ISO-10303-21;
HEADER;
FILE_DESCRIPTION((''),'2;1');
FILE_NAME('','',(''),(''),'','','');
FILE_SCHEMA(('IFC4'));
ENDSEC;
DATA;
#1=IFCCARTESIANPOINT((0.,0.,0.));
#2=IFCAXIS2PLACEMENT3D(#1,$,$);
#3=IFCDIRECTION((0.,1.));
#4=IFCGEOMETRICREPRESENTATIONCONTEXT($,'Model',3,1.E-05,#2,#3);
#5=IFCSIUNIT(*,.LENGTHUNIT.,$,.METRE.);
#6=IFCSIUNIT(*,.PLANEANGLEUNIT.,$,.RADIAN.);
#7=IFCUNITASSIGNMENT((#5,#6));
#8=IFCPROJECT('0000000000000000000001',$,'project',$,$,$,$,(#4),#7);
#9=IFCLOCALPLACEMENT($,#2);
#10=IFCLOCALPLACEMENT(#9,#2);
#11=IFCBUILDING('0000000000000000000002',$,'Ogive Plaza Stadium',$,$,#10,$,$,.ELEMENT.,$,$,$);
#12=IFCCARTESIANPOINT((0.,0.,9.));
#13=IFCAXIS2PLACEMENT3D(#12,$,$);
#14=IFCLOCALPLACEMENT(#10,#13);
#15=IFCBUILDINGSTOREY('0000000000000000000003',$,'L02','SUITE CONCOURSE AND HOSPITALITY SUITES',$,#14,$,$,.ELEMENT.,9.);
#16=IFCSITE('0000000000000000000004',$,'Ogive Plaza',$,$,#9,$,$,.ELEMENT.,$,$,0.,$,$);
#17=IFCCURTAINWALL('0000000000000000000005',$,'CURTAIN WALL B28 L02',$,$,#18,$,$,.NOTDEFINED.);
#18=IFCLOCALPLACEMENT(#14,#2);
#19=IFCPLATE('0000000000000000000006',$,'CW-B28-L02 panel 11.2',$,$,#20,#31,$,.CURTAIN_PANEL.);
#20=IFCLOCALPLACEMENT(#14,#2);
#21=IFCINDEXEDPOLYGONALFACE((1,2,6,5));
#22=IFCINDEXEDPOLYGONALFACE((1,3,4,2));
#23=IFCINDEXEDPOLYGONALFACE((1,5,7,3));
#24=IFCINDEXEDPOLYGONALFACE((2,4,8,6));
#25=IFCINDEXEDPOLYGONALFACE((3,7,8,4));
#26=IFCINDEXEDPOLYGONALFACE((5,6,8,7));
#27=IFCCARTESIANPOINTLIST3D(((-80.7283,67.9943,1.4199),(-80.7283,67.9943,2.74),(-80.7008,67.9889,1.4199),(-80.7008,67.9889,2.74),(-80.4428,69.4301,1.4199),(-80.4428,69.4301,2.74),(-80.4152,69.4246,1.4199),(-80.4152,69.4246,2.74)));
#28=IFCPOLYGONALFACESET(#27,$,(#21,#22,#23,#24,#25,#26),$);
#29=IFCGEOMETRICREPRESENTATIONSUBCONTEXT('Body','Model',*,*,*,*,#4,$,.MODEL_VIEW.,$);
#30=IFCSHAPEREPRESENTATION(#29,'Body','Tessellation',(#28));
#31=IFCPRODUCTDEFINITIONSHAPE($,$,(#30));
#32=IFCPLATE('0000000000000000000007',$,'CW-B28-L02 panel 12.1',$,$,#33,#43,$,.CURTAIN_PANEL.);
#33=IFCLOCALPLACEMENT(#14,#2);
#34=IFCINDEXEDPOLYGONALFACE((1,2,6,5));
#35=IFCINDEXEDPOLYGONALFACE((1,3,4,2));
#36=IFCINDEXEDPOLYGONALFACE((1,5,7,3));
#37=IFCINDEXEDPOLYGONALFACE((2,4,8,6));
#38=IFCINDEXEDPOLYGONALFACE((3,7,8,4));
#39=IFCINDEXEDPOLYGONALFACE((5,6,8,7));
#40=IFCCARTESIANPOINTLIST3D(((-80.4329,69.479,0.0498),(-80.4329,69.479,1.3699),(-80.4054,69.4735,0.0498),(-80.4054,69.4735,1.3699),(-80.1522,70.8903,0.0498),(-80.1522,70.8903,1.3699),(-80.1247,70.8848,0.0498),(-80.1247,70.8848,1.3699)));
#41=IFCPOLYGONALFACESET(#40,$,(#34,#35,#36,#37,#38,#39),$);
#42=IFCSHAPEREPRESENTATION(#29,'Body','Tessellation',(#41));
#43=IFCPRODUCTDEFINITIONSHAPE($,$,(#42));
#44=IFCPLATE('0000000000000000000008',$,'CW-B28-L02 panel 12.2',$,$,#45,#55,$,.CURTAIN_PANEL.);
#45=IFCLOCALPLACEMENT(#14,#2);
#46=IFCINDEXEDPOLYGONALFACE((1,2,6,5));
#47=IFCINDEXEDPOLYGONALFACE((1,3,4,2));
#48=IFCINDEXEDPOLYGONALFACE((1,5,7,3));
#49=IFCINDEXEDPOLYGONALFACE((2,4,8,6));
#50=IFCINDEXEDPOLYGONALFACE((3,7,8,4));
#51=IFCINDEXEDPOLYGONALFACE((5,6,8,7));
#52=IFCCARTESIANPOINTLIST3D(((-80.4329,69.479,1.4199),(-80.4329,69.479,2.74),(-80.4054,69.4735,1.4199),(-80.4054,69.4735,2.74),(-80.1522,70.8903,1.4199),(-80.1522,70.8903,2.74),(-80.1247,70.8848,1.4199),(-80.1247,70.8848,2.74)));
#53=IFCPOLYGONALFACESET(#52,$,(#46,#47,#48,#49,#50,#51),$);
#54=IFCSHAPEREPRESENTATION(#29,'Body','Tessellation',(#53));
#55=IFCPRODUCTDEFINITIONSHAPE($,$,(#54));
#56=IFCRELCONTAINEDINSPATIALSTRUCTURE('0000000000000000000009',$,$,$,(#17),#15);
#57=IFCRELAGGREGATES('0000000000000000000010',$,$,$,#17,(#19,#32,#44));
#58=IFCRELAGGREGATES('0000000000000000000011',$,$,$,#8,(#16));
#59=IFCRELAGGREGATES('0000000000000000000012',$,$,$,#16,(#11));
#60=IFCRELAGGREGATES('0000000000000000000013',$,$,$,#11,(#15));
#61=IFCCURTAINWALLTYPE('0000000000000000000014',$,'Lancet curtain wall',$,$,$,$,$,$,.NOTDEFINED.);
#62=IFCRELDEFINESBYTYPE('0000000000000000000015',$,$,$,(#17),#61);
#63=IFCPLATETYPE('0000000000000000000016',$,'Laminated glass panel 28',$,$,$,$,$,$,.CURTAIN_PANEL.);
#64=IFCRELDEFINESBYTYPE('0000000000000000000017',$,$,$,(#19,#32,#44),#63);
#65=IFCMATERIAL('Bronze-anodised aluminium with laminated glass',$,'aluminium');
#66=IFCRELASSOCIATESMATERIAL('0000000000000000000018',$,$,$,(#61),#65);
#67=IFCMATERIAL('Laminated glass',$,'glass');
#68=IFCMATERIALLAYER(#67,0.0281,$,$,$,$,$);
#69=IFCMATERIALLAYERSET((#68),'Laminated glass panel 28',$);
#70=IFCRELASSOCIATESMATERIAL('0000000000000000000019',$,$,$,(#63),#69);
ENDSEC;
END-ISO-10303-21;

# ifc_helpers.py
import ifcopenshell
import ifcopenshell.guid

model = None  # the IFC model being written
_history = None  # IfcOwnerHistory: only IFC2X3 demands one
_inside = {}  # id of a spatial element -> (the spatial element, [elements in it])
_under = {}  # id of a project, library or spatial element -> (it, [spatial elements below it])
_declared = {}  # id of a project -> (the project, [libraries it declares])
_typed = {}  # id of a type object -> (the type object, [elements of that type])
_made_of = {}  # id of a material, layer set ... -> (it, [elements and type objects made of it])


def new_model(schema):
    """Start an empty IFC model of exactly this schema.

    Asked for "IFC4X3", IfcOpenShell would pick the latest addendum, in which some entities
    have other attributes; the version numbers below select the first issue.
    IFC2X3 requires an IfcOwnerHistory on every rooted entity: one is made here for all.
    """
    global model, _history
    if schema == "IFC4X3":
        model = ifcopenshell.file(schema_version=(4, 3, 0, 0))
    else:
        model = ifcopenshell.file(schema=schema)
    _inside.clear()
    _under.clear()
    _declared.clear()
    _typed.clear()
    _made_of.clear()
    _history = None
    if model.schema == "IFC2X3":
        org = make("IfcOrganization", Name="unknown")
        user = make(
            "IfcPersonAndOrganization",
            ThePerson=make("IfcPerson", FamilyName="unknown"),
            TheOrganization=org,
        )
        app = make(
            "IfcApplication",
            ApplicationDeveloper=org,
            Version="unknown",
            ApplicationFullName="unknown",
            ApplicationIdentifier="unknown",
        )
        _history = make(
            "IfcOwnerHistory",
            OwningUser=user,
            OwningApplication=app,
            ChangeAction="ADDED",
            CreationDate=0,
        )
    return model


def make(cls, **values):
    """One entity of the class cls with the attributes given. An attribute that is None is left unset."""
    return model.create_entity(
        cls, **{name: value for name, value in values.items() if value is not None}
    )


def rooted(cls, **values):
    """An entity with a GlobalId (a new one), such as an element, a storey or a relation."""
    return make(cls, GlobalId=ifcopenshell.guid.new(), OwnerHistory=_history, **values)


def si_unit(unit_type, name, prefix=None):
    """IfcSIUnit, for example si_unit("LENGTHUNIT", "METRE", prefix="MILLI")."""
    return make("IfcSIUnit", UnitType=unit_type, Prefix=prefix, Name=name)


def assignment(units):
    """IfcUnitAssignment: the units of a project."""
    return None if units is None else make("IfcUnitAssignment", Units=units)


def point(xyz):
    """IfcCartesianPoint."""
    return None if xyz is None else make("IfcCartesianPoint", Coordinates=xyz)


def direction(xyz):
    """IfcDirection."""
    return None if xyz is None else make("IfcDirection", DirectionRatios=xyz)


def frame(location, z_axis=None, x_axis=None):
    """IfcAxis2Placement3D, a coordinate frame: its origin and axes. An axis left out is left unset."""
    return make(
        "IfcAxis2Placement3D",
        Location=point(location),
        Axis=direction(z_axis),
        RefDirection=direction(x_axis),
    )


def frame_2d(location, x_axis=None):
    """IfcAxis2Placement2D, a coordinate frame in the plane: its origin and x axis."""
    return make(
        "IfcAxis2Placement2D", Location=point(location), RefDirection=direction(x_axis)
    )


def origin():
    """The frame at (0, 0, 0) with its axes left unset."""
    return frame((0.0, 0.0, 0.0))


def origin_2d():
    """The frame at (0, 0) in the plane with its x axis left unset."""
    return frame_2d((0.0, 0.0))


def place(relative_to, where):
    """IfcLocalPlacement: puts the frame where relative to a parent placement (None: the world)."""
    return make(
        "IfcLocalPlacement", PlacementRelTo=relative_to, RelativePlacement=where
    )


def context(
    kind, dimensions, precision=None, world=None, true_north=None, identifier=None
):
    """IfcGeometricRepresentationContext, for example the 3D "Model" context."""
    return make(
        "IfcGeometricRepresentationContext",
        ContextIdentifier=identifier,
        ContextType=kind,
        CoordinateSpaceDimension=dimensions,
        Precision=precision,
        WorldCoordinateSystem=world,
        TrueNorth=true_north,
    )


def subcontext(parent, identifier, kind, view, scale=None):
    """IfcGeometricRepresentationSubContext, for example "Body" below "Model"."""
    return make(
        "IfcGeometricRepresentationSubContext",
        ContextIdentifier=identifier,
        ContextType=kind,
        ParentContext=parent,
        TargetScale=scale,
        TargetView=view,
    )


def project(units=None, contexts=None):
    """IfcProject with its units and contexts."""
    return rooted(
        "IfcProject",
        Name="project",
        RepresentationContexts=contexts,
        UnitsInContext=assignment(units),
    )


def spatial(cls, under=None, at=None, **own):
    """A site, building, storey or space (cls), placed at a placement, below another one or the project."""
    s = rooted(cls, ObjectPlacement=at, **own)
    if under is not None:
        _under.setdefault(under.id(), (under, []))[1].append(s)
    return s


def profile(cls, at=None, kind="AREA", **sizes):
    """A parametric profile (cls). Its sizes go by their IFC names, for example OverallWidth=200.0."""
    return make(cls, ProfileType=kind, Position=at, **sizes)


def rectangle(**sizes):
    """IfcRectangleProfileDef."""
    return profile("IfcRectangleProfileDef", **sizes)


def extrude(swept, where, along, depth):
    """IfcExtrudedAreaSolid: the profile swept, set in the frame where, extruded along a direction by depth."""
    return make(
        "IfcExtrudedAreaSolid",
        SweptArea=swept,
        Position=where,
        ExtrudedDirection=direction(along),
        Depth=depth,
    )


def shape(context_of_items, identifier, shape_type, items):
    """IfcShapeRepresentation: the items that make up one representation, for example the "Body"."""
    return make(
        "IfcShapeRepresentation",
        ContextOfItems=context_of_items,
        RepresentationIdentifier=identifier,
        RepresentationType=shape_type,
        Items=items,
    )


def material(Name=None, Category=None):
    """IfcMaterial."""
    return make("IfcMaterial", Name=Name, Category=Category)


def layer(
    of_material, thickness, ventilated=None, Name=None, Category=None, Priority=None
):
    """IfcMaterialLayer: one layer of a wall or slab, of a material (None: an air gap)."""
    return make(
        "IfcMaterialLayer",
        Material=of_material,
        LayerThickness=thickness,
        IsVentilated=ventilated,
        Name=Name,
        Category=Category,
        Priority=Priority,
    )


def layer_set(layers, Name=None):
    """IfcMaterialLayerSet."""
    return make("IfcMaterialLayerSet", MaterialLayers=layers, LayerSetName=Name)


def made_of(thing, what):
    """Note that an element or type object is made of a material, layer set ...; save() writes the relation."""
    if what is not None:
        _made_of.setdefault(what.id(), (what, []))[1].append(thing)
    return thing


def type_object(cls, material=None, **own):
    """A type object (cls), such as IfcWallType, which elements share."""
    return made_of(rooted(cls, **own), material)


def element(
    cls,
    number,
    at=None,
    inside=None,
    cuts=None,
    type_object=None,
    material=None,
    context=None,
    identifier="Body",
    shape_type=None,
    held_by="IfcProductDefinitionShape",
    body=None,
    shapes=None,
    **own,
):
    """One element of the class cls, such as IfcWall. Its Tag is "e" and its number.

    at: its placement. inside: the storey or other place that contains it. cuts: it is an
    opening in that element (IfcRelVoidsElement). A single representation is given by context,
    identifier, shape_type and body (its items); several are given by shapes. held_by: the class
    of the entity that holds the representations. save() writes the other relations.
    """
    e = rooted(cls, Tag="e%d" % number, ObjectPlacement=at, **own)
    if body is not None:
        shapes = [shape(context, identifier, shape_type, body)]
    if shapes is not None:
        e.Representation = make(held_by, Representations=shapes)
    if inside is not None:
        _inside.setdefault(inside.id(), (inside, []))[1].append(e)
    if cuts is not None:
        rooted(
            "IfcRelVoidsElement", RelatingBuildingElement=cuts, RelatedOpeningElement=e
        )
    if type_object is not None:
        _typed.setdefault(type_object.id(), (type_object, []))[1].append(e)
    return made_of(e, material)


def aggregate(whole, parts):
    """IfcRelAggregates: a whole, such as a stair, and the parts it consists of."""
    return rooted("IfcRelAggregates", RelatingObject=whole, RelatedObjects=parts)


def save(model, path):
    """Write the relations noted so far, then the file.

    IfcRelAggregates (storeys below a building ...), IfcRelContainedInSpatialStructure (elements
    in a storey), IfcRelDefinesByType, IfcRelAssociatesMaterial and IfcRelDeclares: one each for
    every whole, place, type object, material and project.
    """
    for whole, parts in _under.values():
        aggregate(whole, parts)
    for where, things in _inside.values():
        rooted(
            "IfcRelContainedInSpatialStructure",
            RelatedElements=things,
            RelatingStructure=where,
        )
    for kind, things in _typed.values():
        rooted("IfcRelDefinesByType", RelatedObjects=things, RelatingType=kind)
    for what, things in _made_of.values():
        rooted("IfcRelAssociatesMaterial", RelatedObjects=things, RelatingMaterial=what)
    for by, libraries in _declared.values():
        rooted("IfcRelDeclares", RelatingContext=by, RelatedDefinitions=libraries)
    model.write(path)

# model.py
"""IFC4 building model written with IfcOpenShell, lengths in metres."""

from ifc_helpers import new_model, si_unit, direction, frame, origin, origin_2d, place, context, subcontext, project, spatial, rectangle, extrude, material, layer, layer_set, type_object, element, aggregate, save


model = new_model("IFC4")

# Units and contexts
model_context = context("Model", 3, precision=1e-05, world=origin(), true_north=direction((0.0, 1.0)))
body_context = subcontext(model_context, "Body", "Model", "MODEL_VIEW")
ifc_project = project(units=[si_unit("LENGTHUNIT", "METRE"), si_unit("PLANEANGLEUNIT", "RADIAN")], contexts=[model_context])

# Site, building, storey
site_placement = place(None, origin())
site = spatial("IfcSite", under=ifc_project, at=site_placement, Name="Ogive Plaza", CompositionType="ELEMENT", RefElevation=0.0)
building_placement = place(site_placement, origin())
building = spatial("IfcBuilding", under=site, at=building_placement, Name="Ogive Plaza Stadium", CompositionType="ELEMENT")
storey_placement = place(building_placement, frame((0.0, 0.0, 9.0)))
storey = spatial("IfcBuildingStorey", under=building, at=storey_placement, Name="L02", Description="SUITE CONCOURSE AND HOSPITALITY SUITES", CompositionType="ELEMENT", Elevation=9.0)

# Curtain wall
ifc_material_1 = material(Name="Bronze-anodised aluminium with laminated glass", Category="aluminium")
curtain_wall_type = type_object("IfcCurtainWallType", Name="Lancet curtain wall", PredefinedType="NOTDEFINED", material=ifc_material_1)
curtain_wall_1_placement = place(storey_placement, origin())
curtain_wall_1 = element("IfcCurtainWall", 1, at=curtain_wall_1_placement, inside=storey, type_object=curtain_wall_type, Name="CURTAIN WALL B28 L02", PredefinedType="NOTDEFINED")

# Plates
ifc_material_2 = material(Name="Laminated glass", Category="glass")
ifc_layer = layer(ifc_material_2, 0.0281)
ifc_layer_set = layer_set([ifc_layer], Name="Laminated glass panel 28")
plate_type = type_object("IfcPlateType", Name="Laminated glass panel 28", PredefinedType="CURTAIN_PANEL", material=ifc_layer_set)
plate_1_placement = place(storey_placement, frame((-80.5718, 68.7095, 1.4199), z_axis=(0.0, 0.0, 1.0), x_axis=(0.19509, 0.980785, 0.0)))
plate_1 = element("IfcPlate", 2, at=plate_1_placement, type_object=plate_type, Name="CW-B28-L02 panel 11.2", PredefinedType="CURTAIN_PANEL", context=body_context, shape_type="SweptSolid", body=[
    extrude(rectangle(XDim=1.4639, YDim=0.0281, at=origin_2d()), origin(), (0.0, 0.0, 1.0), 1.3201),
])
plate_2_placement = place(storey_placement, frame((-80.2788, 70.1819, 0.0498), z_axis=(0.0, 0.0, 1.0), x_axis=(0.19509, 0.980785, 0.0)))
plate_2 = element("IfcPlate", 3, at=plate_2_placement, type_object=plate_type, Name="CW-B28-L02 panel 12.1", PredefinedType="CURTAIN_PANEL", context=body_context, shape_type="SweptSolid", body=[
    extrude(rectangle(XDim=1.439, YDim=0.0281, at=origin_2d()), origin(), (0.0, 0.0, 1.0), 1.3201),
])
plate_3_placement = place(storey_placement, frame((-80.2788, 70.1819, 1.4199), z_axis=(0.0, 0.0, 1.0), x_axis=(0.19509, 0.980785, 0.0)))
plate_3 = element("IfcPlate", 4, at=plate_3_placement, type_object=plate_type, Name="CW-B28-L02 panel 12.2", PredefinedType="CURTAIN_PANEL", context=body_context, shape_type="SweptSolid", body=[
    extrude(rectangle(XDim=1.439, YDim=0.0281, at=origin_2d()), origin(), (0.0, 0.0, 1.0), 1.3201),
])
aggregate(curtain_wall_1, [plate_1, plate_2, plate_3])

save(model, "model.ifc")
